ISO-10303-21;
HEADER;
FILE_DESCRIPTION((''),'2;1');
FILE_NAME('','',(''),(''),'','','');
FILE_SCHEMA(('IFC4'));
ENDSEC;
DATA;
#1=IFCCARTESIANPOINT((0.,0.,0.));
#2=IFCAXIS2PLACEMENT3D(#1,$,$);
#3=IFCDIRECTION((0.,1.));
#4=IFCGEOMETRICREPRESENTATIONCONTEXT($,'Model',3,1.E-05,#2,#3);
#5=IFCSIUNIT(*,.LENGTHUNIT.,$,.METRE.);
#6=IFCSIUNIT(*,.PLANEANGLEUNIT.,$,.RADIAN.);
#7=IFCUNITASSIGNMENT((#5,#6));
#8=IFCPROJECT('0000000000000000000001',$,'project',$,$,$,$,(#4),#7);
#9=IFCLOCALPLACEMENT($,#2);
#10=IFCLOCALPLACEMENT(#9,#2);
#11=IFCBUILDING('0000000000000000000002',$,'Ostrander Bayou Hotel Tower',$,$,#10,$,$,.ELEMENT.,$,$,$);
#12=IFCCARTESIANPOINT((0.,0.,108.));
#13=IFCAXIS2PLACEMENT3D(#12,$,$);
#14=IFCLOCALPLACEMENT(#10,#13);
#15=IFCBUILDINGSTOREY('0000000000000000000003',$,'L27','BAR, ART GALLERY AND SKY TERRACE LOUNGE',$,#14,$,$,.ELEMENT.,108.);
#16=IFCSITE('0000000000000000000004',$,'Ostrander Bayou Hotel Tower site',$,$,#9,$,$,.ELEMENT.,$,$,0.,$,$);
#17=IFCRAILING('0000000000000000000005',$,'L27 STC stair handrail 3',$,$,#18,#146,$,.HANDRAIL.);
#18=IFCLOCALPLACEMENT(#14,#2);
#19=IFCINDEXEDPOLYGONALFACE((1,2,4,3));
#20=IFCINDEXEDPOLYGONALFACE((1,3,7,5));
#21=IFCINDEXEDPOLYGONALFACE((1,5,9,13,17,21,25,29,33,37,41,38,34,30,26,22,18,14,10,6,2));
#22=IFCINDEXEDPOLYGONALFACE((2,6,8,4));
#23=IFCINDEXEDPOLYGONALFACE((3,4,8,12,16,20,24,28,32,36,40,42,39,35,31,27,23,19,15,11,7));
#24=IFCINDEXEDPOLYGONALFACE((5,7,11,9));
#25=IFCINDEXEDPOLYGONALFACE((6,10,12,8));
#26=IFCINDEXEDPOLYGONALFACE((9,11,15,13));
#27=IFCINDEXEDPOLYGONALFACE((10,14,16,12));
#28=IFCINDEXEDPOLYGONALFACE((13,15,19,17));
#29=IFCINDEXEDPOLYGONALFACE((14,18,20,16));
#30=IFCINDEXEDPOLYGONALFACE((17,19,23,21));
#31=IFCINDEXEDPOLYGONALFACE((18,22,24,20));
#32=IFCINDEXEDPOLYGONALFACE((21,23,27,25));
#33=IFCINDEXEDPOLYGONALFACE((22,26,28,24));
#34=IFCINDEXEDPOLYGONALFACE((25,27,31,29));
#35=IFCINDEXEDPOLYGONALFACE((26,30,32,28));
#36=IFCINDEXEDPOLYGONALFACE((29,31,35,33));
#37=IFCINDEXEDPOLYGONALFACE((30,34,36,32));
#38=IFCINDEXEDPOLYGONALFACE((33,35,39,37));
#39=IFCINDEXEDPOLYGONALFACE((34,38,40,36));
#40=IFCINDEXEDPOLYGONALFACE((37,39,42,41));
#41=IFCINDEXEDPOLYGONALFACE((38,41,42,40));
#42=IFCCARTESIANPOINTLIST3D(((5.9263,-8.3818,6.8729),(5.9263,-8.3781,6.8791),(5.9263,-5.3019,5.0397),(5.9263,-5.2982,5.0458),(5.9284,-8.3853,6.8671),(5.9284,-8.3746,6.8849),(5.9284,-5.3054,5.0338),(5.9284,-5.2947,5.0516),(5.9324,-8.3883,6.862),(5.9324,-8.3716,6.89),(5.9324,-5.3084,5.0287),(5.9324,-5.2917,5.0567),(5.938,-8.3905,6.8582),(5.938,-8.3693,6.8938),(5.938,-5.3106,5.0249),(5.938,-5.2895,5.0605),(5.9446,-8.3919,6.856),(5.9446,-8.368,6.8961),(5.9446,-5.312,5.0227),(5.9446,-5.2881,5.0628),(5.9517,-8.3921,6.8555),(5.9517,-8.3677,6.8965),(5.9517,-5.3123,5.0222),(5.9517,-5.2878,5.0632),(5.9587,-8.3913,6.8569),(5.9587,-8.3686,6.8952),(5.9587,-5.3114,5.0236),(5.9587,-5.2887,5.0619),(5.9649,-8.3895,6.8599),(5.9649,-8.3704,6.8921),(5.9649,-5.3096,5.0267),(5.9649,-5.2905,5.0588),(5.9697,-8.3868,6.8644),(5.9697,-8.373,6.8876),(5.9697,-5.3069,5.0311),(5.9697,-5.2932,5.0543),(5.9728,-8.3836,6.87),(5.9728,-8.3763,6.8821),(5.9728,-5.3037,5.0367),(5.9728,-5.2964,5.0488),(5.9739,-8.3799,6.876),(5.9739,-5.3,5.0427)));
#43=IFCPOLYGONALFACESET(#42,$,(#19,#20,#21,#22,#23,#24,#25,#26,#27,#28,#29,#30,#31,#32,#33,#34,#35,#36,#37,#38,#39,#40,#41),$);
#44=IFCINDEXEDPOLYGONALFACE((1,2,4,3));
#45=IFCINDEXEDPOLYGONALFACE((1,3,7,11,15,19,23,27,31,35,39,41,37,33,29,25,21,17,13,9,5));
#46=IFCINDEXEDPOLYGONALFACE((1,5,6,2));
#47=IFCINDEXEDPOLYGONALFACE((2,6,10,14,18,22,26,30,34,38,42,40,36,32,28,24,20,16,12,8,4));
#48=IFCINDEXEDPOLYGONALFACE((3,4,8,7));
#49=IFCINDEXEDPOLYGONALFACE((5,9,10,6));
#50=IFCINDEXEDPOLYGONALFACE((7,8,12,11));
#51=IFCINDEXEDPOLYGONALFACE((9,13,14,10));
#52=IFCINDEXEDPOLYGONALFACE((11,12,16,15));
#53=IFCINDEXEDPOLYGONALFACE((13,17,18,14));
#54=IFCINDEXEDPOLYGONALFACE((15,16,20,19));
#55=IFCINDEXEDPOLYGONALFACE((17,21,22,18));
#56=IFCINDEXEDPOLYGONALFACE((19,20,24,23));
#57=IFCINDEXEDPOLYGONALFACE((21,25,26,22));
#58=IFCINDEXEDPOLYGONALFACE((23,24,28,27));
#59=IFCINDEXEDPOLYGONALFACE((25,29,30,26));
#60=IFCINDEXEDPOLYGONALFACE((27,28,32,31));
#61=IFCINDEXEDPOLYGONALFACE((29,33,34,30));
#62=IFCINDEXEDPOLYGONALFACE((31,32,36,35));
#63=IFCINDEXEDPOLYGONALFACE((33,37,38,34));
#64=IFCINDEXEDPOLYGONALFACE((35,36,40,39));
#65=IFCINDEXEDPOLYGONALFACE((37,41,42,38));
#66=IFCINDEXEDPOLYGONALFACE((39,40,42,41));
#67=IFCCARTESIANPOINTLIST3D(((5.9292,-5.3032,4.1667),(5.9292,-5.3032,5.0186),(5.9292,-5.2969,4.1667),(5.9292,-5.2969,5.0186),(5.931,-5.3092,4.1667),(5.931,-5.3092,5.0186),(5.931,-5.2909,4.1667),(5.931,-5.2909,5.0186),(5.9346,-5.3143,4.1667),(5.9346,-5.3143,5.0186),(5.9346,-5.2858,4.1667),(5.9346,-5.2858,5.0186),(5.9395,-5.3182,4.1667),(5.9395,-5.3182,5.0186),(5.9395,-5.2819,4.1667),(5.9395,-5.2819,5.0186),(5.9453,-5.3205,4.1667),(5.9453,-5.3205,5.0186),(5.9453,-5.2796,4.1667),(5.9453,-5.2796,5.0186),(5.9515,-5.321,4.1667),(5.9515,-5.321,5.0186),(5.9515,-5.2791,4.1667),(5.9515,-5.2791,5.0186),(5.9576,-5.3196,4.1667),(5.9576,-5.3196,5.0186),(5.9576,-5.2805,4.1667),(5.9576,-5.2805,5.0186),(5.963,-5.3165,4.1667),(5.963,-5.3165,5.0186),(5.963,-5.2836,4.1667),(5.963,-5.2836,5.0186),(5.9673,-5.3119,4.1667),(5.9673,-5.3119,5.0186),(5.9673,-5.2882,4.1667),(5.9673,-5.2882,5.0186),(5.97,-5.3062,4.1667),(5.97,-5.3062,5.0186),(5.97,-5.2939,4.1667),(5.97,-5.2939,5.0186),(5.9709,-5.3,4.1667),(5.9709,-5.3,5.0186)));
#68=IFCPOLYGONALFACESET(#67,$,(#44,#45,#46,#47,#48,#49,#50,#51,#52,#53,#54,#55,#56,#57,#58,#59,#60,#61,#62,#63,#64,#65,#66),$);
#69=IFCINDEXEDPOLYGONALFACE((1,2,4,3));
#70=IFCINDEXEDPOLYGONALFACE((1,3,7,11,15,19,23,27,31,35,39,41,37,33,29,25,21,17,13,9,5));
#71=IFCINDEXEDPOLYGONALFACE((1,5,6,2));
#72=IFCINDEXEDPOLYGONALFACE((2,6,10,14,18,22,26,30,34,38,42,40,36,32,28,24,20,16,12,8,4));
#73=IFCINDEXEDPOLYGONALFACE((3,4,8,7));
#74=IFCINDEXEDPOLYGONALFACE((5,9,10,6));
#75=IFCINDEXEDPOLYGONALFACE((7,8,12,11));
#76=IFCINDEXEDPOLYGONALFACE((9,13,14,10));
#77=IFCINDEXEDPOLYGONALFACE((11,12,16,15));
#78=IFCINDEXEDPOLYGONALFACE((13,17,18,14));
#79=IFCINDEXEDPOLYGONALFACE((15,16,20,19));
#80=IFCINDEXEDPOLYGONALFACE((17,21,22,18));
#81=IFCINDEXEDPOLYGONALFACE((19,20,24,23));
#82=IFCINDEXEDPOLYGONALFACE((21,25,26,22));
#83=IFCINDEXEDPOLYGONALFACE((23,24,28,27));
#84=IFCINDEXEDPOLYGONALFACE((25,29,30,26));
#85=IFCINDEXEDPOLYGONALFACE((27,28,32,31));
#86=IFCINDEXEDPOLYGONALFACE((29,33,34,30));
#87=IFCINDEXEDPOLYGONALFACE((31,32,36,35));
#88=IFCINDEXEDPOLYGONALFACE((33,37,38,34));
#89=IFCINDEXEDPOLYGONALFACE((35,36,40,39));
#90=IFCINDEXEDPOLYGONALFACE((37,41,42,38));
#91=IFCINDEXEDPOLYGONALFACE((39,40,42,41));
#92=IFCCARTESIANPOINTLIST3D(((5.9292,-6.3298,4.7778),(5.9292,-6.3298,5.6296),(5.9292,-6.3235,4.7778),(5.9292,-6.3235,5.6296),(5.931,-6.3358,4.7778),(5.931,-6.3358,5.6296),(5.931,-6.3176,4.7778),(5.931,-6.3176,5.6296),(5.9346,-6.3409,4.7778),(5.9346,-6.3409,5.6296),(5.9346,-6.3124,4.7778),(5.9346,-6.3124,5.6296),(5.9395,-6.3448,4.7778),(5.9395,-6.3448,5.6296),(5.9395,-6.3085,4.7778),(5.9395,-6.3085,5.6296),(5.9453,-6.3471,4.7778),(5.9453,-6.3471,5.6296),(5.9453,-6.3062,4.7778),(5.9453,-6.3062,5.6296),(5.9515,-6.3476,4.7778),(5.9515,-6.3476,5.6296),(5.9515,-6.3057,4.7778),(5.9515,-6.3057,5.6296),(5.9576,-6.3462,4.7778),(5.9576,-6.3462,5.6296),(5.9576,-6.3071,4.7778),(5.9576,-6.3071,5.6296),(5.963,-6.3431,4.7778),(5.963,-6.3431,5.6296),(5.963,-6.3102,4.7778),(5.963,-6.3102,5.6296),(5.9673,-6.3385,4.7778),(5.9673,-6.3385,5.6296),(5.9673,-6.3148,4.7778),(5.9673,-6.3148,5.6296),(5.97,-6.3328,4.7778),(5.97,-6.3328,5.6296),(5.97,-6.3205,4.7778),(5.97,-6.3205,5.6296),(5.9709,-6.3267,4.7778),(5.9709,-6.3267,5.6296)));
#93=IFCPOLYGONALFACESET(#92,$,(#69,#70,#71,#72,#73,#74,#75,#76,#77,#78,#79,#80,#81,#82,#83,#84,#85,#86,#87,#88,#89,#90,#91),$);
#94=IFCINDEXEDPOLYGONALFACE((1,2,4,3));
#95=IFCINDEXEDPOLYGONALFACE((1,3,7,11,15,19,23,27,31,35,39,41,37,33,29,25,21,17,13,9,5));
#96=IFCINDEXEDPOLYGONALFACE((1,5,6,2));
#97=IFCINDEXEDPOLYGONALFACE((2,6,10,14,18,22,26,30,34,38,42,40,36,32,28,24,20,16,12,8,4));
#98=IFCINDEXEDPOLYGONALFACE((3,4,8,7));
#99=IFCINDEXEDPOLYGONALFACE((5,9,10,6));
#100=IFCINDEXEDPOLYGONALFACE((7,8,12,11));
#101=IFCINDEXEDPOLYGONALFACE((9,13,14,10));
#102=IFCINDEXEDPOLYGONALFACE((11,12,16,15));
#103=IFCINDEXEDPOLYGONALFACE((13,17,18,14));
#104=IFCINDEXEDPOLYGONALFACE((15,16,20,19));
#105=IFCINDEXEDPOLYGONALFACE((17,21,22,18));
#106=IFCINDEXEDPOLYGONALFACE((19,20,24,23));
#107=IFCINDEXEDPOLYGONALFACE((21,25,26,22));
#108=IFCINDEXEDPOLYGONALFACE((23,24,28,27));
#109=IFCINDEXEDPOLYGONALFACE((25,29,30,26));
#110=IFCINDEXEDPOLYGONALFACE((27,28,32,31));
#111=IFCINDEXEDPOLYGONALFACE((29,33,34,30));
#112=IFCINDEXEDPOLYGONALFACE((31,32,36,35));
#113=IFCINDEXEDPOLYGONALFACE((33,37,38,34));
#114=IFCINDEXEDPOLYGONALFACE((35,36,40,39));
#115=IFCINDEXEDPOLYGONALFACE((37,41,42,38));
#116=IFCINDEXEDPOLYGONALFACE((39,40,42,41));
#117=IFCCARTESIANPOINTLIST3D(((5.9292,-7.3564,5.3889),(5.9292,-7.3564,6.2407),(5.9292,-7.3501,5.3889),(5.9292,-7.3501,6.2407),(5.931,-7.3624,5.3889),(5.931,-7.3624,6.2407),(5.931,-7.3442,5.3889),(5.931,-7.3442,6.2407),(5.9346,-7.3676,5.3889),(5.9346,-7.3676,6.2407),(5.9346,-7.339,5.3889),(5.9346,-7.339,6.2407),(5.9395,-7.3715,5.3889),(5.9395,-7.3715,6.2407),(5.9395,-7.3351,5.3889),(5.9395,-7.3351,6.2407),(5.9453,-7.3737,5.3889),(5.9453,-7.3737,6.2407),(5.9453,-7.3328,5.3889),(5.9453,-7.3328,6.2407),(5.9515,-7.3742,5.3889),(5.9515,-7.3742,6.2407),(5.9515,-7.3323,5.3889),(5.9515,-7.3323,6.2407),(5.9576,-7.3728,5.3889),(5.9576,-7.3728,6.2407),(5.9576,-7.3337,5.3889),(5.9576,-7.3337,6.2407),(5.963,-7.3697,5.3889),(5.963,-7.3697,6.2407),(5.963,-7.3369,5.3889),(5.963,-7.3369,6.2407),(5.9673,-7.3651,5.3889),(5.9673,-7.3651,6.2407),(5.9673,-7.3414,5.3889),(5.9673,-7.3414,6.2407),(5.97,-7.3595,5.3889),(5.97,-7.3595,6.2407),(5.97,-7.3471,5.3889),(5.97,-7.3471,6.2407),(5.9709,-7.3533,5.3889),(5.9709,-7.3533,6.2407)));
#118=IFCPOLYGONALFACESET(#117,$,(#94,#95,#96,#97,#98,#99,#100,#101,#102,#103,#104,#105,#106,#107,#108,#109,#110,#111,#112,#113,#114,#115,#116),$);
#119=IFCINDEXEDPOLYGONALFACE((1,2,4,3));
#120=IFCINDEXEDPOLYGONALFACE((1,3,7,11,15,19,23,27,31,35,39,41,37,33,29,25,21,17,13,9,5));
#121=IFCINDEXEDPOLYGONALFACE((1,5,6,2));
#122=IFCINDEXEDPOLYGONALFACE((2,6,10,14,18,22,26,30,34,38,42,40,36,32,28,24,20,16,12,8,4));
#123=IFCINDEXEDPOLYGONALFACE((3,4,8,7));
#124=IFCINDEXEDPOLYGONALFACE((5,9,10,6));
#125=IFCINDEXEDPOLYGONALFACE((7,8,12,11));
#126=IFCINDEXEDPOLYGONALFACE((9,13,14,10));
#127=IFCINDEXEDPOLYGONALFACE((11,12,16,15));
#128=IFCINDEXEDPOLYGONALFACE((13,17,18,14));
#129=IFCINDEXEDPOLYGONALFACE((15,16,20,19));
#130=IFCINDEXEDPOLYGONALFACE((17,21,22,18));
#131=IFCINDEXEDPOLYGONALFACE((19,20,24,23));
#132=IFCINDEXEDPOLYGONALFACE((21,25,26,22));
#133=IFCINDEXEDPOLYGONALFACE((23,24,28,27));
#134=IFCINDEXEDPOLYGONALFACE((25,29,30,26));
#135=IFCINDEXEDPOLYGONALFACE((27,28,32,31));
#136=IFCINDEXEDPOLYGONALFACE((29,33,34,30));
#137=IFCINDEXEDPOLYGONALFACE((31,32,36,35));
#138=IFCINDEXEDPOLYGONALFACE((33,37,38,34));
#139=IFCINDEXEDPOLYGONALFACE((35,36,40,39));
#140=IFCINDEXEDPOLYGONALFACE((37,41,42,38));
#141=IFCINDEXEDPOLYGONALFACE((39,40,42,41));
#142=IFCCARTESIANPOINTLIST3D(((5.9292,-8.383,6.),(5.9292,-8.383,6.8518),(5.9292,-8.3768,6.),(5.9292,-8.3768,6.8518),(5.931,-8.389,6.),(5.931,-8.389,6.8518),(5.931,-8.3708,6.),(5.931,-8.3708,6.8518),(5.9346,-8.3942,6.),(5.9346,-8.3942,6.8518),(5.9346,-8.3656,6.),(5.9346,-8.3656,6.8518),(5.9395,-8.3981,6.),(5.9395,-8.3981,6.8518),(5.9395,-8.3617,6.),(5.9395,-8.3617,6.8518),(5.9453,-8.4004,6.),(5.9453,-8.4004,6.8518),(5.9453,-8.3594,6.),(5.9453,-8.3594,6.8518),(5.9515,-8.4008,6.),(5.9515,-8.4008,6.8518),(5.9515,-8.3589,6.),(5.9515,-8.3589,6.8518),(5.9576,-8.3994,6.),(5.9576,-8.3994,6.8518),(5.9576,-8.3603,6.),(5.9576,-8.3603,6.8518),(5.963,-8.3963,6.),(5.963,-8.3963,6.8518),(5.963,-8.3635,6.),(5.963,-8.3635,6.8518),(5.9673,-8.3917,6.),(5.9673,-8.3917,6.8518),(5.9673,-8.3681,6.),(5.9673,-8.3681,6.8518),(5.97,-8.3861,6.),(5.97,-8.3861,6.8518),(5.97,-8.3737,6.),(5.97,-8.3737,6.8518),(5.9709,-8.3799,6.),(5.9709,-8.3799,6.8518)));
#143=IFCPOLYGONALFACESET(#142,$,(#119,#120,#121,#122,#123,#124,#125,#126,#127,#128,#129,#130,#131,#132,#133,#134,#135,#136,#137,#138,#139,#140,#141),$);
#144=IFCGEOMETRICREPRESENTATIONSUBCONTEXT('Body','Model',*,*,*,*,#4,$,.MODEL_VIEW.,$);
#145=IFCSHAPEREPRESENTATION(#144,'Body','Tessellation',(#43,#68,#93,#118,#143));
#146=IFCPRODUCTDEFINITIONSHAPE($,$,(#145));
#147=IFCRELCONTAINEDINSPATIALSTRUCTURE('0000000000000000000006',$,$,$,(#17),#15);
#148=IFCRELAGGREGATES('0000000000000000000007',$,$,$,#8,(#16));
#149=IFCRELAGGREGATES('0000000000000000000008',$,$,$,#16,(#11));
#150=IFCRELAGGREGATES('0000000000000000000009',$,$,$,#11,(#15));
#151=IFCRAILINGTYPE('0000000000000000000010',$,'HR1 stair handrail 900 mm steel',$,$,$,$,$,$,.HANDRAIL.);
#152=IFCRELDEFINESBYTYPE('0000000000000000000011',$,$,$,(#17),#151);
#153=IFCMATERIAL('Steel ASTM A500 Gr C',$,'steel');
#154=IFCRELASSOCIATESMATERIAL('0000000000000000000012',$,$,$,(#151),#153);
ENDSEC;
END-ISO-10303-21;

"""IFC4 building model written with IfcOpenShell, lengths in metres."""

from ifc_helpers import new_model, si_unit, direction, frame, origin, origin_2d, place, context, subcontext, project, spatial, circle, extrude, material, type_object, element, save


model = new_model("IFC4")

# Units and contexts
model_context = context("Model", 3, precision=1e-05, world=origin(), true_north=direction((0.0, 1.0)))
body_context = subcontext(model_context, "Body", "Model", "MODEL_VIEW")
ifc_project = project(units=[si_unit("LENGTHUNIT", "METRE"), si_unit("PLANEANGLEUNIT", "RADIAN")], contexts=[model_context])

# Site, building, storey
site_placement = place(None, origin())
site = spatial("IfcSite", under=ifc_project, at=site_placement, Name="Ostrander Bayou Hotel Tower site", CompositionType="ELEMENT", RefElevation=0.0)
building_placement = place(site_placement, origin())
building = spatial("IfcBuilding", under=site, at=building_placement, Name="Ostrander Bayou Hotel Tower", CompositionType="ELEMENT")
storey_placement = place(building_placement, frame((0.0, 0.0, 108.0)))
storey = spatial("IfcBuildingStorey", under=building, at=storey_placement, Name="L27", Description="BAR, ART GALLERY AND SKY TERRACE LOUNGE", CompositionType="ELEMENT", Elevation=108.0)

# Railing
ifc_material_1 = material(Name="Steel ASTM A500 Gr C", Category="steel")
railing_type_1 = type_object("IfcRailingType", Name="HR1 stair handrail 900 mm steel", PredefinedType="HANDRAIL", material=ifc_material_1)
for number, where, name in (
    (1, (5.95, -5.3, 4.1667), "L27 STC stair handrail 3"),
):
    element("IfcRailing", number, at=place(storey_placement, frame(where)), inside=storey, type_object=railing_type_1, Name=name, PredefinedType="HANDRAIL", context=body_context, shape_type="SweptSolid", body=[
        extrude(circle(Radius=0.0239, at=origin_2d()), frame((0.0, 0.0, 0.876), z_axis=(0.0, -0.859291, 0.511487), x_axis=(1.0, 0.0, 0.0)), (0.0, 0.0, 1.0), 3.5842),
        extrude(circle(Radius=0.021, at=origin_2d()), origin(), (0.0, 0.0, 1.0), 0.8518),
        extrude(circle(Radius=0.021, at=origin_2d()), frame((0.0, -1.0266, 0.6111)), (0.0, 0.0, 1.0), 0.8518),
        extrude(circle(Radius=0.021, at=origin_2d()), frame((0.0, -2.0532, 1.2222)), (0.0, 0.0, 1.0), 0.8518),
        extrude(circle(Radius=0.021, at=origin_2d()), frame((0.0, -3.0798, 1.8333)), (0.0, 0.0, 1.0), 0.8518),
    ])

save(model, "model.ifc")
